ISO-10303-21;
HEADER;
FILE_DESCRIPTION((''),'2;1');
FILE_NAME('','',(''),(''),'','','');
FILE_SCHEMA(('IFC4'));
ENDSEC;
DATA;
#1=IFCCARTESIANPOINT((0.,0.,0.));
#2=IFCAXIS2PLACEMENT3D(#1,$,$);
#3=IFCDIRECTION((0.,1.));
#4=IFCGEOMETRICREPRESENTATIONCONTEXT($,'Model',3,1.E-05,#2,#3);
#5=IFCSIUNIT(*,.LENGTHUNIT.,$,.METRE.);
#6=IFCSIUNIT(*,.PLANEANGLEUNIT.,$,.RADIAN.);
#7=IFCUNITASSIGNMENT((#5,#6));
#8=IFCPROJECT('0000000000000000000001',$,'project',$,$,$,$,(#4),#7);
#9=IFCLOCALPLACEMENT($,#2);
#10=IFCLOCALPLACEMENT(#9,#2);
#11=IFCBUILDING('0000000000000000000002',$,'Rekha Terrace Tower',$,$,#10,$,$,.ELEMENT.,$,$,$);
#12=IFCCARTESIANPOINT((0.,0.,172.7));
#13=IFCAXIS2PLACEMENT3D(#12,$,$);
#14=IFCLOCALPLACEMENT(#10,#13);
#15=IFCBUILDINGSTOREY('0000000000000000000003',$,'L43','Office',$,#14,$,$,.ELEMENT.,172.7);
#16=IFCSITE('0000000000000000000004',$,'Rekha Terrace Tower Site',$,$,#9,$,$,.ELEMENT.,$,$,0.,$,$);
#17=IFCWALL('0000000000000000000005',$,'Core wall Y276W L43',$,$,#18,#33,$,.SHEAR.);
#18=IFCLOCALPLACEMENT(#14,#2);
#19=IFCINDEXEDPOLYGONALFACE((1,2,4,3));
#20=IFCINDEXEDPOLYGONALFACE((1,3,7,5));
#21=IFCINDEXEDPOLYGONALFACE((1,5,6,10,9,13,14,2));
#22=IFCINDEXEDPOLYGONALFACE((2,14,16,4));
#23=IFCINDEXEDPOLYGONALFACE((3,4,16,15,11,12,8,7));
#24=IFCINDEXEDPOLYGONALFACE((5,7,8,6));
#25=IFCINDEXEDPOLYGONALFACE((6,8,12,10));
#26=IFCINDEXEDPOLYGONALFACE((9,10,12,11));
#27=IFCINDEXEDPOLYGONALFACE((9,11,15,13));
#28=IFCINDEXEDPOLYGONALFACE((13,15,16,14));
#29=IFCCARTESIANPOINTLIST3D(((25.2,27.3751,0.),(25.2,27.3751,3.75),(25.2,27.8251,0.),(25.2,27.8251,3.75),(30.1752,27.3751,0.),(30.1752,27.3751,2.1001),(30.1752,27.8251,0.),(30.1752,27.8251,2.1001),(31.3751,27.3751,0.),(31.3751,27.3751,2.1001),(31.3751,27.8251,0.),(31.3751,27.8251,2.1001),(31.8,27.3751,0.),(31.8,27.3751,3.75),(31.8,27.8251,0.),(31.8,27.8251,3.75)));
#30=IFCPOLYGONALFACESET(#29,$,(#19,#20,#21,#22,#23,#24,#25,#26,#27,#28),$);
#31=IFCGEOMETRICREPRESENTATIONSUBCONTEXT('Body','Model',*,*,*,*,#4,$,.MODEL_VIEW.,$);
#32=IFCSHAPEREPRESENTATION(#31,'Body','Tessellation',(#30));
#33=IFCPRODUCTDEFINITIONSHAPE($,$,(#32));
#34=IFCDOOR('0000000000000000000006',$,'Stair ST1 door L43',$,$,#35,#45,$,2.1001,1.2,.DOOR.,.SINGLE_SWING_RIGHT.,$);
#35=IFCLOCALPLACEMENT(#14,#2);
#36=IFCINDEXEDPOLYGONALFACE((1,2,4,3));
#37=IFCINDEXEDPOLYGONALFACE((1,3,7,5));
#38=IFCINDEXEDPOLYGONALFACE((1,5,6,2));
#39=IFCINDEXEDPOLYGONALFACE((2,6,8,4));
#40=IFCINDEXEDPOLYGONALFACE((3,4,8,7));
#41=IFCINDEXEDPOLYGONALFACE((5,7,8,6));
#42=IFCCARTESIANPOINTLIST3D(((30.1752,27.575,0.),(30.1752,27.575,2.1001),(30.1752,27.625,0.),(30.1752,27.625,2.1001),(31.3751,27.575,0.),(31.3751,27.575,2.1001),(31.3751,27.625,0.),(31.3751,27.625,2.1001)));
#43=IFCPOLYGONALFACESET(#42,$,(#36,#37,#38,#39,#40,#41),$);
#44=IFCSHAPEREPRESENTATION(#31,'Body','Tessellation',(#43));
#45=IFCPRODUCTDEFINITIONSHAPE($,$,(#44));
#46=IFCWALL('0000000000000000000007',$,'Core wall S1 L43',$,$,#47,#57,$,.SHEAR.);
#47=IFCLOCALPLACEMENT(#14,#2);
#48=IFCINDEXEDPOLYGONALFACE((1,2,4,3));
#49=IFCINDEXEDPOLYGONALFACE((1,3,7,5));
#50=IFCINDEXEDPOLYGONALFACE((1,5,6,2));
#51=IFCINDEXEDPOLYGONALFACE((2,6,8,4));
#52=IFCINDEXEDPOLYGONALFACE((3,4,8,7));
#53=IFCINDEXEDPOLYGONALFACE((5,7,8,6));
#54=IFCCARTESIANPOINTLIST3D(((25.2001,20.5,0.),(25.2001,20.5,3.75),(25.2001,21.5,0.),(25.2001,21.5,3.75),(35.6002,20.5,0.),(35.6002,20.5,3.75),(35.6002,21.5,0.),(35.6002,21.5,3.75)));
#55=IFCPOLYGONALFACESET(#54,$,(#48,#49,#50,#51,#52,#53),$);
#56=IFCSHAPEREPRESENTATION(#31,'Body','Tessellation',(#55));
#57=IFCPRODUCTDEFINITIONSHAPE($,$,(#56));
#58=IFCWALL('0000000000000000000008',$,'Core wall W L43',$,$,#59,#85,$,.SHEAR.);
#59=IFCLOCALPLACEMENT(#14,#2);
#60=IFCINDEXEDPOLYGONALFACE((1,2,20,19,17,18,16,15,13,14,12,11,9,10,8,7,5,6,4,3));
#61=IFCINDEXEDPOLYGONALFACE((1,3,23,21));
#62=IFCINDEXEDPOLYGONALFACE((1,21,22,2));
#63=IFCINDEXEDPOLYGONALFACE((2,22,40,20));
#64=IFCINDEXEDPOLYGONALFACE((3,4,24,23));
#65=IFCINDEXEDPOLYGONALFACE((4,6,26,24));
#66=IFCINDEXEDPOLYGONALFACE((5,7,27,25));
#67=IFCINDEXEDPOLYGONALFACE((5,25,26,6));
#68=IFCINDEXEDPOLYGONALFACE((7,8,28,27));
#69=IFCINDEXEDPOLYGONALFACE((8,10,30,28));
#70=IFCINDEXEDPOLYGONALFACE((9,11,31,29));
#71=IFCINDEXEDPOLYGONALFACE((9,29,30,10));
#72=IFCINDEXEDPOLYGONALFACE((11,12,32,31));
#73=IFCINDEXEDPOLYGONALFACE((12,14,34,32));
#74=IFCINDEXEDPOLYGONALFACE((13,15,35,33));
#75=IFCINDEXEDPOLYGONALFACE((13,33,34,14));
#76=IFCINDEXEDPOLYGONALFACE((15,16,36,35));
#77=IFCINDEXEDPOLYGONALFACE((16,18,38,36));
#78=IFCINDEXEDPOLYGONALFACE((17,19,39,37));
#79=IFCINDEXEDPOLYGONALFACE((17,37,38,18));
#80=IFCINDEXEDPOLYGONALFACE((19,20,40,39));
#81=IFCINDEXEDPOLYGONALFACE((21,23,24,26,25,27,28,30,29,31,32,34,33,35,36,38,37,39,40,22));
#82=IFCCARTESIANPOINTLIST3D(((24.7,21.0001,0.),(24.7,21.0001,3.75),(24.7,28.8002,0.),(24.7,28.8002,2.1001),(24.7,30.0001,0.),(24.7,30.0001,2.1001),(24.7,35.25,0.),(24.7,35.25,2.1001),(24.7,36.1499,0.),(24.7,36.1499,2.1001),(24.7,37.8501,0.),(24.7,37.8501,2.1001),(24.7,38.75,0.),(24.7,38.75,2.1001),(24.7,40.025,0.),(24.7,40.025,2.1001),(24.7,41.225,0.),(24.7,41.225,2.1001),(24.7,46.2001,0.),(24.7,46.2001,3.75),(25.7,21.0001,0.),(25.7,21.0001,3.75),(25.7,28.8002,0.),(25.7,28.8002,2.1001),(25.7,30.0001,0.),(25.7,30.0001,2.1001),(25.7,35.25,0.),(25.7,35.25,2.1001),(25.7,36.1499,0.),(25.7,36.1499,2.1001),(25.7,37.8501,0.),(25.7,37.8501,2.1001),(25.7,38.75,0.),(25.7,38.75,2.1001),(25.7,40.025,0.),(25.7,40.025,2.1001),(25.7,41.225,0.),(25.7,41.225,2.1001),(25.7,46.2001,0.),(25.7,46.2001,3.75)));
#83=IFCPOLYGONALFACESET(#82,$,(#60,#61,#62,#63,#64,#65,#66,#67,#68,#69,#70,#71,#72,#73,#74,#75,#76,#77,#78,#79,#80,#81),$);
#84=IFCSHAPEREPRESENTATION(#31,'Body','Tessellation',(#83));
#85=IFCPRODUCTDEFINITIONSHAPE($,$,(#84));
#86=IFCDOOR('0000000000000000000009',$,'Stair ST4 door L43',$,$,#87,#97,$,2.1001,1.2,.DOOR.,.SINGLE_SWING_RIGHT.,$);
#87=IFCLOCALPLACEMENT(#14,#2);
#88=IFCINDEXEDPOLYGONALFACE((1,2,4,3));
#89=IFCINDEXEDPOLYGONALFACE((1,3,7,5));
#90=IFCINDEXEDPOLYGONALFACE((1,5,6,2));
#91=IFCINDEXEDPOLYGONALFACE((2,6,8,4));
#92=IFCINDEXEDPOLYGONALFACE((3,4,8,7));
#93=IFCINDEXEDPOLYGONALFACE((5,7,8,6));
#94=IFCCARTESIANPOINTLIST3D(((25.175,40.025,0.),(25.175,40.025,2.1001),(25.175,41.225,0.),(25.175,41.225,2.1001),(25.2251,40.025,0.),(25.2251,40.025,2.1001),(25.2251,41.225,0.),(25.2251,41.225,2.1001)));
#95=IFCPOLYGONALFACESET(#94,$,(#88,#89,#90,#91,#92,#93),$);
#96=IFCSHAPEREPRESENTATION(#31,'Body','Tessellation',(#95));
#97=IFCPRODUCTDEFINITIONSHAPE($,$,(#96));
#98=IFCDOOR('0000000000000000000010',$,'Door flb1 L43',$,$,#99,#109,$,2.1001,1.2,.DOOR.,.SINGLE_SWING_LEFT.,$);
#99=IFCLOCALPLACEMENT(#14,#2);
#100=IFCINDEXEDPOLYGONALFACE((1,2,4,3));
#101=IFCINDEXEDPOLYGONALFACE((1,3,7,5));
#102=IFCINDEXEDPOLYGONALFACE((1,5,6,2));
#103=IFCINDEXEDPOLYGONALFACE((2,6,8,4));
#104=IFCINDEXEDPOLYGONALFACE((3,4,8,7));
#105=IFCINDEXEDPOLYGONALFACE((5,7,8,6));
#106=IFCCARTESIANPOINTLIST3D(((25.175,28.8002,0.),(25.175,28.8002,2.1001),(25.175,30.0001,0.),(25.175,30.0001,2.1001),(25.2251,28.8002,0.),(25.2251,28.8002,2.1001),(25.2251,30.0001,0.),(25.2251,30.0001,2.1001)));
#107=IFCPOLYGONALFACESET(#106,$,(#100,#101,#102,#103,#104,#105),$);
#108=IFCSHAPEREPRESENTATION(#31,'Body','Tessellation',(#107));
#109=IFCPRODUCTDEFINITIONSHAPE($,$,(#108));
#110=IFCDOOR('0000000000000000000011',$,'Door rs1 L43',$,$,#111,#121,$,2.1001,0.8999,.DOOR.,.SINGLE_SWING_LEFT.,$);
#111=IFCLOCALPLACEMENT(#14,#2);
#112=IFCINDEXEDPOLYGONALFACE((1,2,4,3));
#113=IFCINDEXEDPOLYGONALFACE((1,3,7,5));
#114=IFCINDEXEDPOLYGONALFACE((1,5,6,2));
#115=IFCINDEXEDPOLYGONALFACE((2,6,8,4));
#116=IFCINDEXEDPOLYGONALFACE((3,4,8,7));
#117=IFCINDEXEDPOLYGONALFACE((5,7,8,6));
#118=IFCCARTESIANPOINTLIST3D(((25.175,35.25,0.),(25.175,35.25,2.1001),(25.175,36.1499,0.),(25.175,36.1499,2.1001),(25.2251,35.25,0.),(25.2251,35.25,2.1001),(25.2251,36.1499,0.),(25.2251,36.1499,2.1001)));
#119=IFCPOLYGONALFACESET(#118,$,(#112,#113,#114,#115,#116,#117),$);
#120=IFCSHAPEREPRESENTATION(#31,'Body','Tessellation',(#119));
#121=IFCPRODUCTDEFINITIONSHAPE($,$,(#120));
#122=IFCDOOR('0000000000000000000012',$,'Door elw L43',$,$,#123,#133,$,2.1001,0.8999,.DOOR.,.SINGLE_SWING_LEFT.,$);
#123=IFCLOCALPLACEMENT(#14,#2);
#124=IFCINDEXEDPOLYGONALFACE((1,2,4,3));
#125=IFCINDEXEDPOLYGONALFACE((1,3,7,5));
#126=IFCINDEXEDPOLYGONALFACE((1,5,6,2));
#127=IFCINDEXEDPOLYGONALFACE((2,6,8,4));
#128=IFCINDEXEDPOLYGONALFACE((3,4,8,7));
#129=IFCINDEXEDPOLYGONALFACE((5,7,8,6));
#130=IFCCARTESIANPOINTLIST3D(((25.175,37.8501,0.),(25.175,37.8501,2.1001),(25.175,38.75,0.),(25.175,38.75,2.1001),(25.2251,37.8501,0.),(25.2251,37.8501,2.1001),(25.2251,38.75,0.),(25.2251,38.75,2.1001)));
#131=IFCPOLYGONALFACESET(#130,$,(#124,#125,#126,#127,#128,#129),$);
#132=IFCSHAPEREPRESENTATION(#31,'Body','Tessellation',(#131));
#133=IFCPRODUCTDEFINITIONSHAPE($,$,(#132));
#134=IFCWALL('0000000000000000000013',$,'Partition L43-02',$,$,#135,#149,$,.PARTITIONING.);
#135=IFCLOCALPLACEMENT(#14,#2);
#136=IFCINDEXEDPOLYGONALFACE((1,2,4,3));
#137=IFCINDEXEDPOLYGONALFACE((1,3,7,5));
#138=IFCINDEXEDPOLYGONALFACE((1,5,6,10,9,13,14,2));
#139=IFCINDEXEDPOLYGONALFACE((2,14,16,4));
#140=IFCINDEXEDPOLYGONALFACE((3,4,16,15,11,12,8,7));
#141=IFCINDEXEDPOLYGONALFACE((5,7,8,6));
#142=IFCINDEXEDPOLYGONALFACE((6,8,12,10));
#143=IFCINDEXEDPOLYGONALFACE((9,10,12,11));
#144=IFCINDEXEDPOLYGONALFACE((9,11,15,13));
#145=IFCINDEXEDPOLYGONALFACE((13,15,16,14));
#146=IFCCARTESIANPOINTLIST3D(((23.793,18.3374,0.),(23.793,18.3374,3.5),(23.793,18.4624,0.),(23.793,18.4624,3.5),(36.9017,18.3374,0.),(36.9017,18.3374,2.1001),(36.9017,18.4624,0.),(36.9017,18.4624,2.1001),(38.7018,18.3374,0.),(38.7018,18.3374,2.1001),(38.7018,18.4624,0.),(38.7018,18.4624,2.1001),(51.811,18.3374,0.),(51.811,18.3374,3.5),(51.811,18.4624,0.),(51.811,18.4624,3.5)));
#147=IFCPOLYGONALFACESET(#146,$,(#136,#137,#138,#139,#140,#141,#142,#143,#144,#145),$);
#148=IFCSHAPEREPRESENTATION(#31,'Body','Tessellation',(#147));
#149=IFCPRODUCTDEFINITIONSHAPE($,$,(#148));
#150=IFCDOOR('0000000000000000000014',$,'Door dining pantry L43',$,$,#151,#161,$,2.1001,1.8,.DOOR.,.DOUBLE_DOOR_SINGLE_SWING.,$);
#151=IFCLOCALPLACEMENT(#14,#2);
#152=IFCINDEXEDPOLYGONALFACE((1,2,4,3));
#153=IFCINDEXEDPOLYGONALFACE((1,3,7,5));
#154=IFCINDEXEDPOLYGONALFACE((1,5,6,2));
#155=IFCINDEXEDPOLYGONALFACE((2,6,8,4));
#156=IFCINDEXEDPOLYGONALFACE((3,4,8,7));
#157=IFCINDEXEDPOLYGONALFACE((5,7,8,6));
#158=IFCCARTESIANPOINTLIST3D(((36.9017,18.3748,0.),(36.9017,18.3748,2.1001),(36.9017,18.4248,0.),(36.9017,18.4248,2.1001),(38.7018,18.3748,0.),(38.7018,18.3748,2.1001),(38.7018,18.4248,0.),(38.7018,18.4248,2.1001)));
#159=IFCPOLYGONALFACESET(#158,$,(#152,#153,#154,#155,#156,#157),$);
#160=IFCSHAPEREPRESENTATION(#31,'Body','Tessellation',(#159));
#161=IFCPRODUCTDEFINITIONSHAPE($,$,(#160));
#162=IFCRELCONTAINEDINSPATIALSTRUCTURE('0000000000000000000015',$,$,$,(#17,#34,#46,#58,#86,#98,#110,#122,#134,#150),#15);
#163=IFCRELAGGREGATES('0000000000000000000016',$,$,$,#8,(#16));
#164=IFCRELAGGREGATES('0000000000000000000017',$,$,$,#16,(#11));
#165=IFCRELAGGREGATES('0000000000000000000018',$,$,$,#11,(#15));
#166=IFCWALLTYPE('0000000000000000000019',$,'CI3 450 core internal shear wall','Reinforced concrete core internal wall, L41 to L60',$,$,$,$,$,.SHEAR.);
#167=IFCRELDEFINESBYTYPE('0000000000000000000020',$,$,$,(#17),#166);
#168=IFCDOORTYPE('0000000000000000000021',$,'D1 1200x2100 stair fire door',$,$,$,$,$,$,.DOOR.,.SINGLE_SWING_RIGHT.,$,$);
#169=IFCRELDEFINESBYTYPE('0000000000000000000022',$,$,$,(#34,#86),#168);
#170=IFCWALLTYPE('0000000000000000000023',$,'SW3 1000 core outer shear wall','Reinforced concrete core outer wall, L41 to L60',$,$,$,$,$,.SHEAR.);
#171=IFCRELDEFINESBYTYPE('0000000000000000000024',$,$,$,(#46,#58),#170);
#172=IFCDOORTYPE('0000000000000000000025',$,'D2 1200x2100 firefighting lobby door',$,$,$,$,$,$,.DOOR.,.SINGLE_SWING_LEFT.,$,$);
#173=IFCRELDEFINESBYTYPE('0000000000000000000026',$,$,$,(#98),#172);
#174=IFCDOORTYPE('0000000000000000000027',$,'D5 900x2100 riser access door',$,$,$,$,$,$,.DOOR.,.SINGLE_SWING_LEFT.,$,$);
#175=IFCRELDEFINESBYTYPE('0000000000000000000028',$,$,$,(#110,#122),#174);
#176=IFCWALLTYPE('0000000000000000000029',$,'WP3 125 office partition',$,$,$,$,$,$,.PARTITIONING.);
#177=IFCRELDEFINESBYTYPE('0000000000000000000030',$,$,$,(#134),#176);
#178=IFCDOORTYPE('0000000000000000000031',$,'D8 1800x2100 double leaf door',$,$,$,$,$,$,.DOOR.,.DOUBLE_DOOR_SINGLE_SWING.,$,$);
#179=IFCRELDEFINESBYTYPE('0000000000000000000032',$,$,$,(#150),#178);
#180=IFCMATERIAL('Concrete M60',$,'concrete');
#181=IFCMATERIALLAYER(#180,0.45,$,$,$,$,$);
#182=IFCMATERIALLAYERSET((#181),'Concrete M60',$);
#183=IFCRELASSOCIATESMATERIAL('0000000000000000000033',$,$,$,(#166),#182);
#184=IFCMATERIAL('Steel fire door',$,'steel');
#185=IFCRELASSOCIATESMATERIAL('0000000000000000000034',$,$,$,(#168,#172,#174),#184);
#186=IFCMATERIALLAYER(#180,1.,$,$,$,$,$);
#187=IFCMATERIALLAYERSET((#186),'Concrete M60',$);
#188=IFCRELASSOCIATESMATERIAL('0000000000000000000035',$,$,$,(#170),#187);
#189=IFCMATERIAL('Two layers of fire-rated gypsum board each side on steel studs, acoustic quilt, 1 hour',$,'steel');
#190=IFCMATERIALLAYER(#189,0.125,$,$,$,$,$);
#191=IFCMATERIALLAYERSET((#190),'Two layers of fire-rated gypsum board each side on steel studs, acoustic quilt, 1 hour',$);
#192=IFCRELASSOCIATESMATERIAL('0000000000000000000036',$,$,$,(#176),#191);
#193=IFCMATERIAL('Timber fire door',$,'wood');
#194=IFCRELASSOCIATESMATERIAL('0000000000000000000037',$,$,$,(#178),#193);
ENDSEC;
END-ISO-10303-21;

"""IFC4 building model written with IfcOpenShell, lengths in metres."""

from ifc_helpers import new_model, si_unit, direction, frame, frame_2d, origin, place, context, subcontext, project, spatial, rectangle, extrude, material, layer, layer_set, type_object, element, fill, save


model = new_model("IFC4")

# Units and contexts
model_context = context("Model", 3, precision=1e-05, world=origin(), true_north=direction((0.0, 1.0)))
body_context = subcontext(model_context, "Body", "Model", "MODEL_VIEW")
ifc_project = project(units=[si_unit("LENGTHUNIT", "METRE"), si_unit("PLANEANGLEUNIT", "RADIAN")], contexts=[model_context])

# Site, building, storey
site_placement = place(None, origin())
site = spatial("IfcSite", under=ifc_project, at=site_placement, Name="Rekha Terrace Tower Site", CompositionType="ELEMENT", RefElevation=0.0)
building_placement = place(site_placement, origin())
building = spatial("IfcBuilding", under=site, at=building_placement, Name="Rekha Terrace Tower", CompositionType="ELEMENT")
storey_placement = place(building_placement, frame((0.0, 0.0, 172.7)))
storey = spatial("IfcBuildingStorey", under=building, at=storey_placement, Name="L43", Description="Office", CompositionType="ELEMENT", Elevation=172.7)

# Shared definitions
ifc_material_1 = material(Name="Concrete M60", Category="concrete")

# Wall, opening, door
ifc_layer_1 = layer(ifc_material_1, 0.45)
ifc_layer_set_1 = layer_set([ifc_layer_1], Name="Concrete M60")
wall_type_1 = type_object("IfcWallType", Name="CI3 450 core internal shear wall", Description="Reinforced concrete core internal wall, L41 to L60", PredefinedType="SHEAR", material=ifc_layer_set_1)
wall_1_placement = place(storey_placement, frame((25.2, 27.6001, 0.0), z_axis=(0.0, 0.0, 1.0), x_axis=(1.0, 0.0, 0.0)))
wall_1 = element("IfcWall", 1, at=wall_1_placement, inside=storey, type_object=wall_type_1, Name="Core wall Y276W L43", PredefinedType="SHEAR", context=body_context, shape_type="SweptSolid", body=[
    extrude(rectangle(XDim=6.6001, YDim=0.45, at=frame_2d((3.3, 0.0))), origin(), (0.0, 0.0, 1.0), 3.75),
])
opening_1_placement = place(wall_1_placement, frame((4.9751, 0.0, 0.0)))
opening_1 = element("IfcOpeningElement", 2, at=opening_1_placement, cuts=wall_1, PredefinedType="OPENING", context=body_context, shape_type="SweptSolid", body=[
    extrude(rectangle(XDim=1.2, YDim=2.1001, at=frame_2d((0.6001, 1.05))), frame((0.0, 0.2349, 0.0), z_axis=(0.0, -1.0, 0.0), x_axis=(1.0, 0.0, 0.0)), (0.0, 0.0, 1.0), 0.47),
])
ifc_material_2 = material(Name="Steel fire door", Category="steel")
door_type_1 = type_object("IfcDoorType", Name="D1 1200x2100 stair fire door", OperationType="SINGLE_SWING_RIGHT", PredefinedType="DOOR", material=ifc_material_2)
door_1_placement = place(opening_1_placement, origin())
door_1 = element("IfcDoor", 3, at=door_1_placement, inside=storey, type_object=door_type_1, Name="Stair ST1 door L43", OperationType="SINGLE_SWING_RIGHT", OverallHeight=2.1001, OverallWidth=1.2, PredefinedType="DOOR", context=body_context, shape_type="SweptSolid", body=[
    extrude(rectangle(XDim=1.2, YDim=2.1001, at=frame_2d((0.6001, 1.05))), frame((0.0, 0.0249, 0.0), z_axis=(0.0, -1.0, 0.0), x_axis=(1.0, 0.0, 0.0)), (0.0, 0.0, 1.0), 0.05),
])
fill(opening_1, door_1)

# Wall
ifc_layer_2 = layer(ifc_material_1, 1.0)
ifc_layer_set_2 = layer_set([ifc_layer_2], Name="Concrete M60")
wall_type_2 = type_object("IfcWallType", Name="SW3 1000 core outer shear wall", Description="Reinforced concrete core outer wall, L41 to L60", PredefinedType="SHEAR", material=ifc_layer_set_2)
wall_2_placement = place(storey_placement, frame((25.2, 21.0, 0.0), z_axis=(0.0, 0.0, 1.0), x_axis=(1.0, 0.0, 0.0)))
element("IfcWall", 4, at=wall_2_placement, inside=storey, type_object=wall_type_2, Name="Core wall S1 L43", PredefinedType="SHEAR", context=body_context, shape_type="SweptSolid", body=[
    extrude(rectangle(XDim=10.4001, YDim=1.0, at=frame_2d((5.2002, 0.0))), origin(), (0.0, 0.0, 1.0), 3.75),
])

# Wall, openings, doors
wall_3_placement = place(storey_placement, frame((25.2, 21.0, 0.0), z_axis=(0.0, 0.0, 1.0), x_axis=(0.0, 1.0, 0.0)))
wall_3 = element("IfcWall", 5, at=wall_3_placement, inside=storey, type_object=wall_type_2, Name="Core wall W L43", PredefinedType="SHEAR", context=body_context, shape_type="SweptSolid", body=[
    extrude(rectangle(XDim=25.2, YDim=1.0, at=frame_2d((12.6001, 0.0))), origin(), (0.0, 0.0, 1.0), 3.75),
])
opening_2_placement = place(wall_3_placement, frame((7.8, 0.0, 0.0)))
opening_2 = element("IfcOpeningElement", 6, at=opening_2_placement, cuts=wall_3, PredefinedType="OPENING", context=body_context, shape_type="SweptSolid", body=[
    extrude(rectangle(XDim=1.2, YDim=2.1001, at=frame_2d((0.6001, 1.05))), frame((0.0, 0.51, 0.0), z_axis=(0.0, -1.0, 0.0), x_axis=(1.0, 0.0, 0.0)), (0.0, 0.0, 1.0), 1.02),
])
opening_3_placement = place(wall_3_placement, frame((14.25, 0.0, 0.0)))
opening_3 = element("IfcOpeningElement", 7, at=opening_3_placement, cuts=wall_3, PredefinedType="OPENING", context=body_context, shape_type="SweptSolid", body=[
    extrude(rectangle(XDim=0.8999, YDim=2.1001, at=frame_2d((0.45, 1.05))), frame((0.0, 0.51, 0.0), z_axis=(0.0, -1.0, 0.0), x_axis=(1.0, 0.0, 0.0)), (0.0, 0.0, 1.0), 1.02),
])
opening_4_placement = place(wall_3_placement, frame((16.8501, 0.0, 0.0)))
opening_4 = element("IfcOpeningElement", 8, at=opening_4_placement, cuts=wall_3, PredefinedType="OPENING", context=body_context, shape_type="SweptSolid", body=[
    extrude(rectangle(XDim=0.8999, YDim=2.1001, at=frame_2d((0.45, 1.05))), frame((0.0, 0.51, 0.0), z_axis=(0.0, -1.0, 0.0), x_axis=(1.0, 0.0, 0.0)), (0.0, 0.0, 1.0), 1.02),
])
opening_5_placement = place(wall_3_placement, frame((19.0249, 0.0, 0.0)))
opening_5 = element("IfcOpeningElement", 9, at=opening_5_placement, cuts=wall_3, PredefinedType="OPENING", context=body_context, shape_type="SweptSolid", body=[
    extrude(rectangle(XDim=1.2, YDim=2.1001, at=frame_2d((0.6001, 1.05))), frame((0.0, 0.51, 0.0), z_axis=(0.0, -1.0, 0.0), x_axis=(1.0, 0.0, 0.0)), (0.0, 0.0, 1.0), 1.02),
])
door_2_placement = place(opening_5_placement, origin())
door_2 = element("IfcDoor", 10, at=door_2_placement, inside=storey, type_object=door_type_1, Name="Stair ST4 door L43", OperationType="SINGLE_SWING_RIGHT", OverallHeight=2.1001, OverallWidth=1.2, PredefinedType="DOOR", context=body_context, shape_type="SweptSolid", body=[
    extrude(rectangle(XDim=1.2, YDim=2.1001, at=frame_2d((0.6001, 1.05))), frame((0.0, 0.0249, 0.0), z_axis=(0.0, -1.0, 0.0), x_axis=(1.0, 0.0, 0.0)), (0.0, 0.0, 1.0), 0.05),
])
fill(opening_5, door_2)
door_type_2 = type_object("IfcDoorType", Name="D2 1200x2100 firefighting lobby door", OperationType="SINGLE_SWING_LEFT", PredefinedType="DOOR", material=ifc_material_2)
door_3_placement = place(opening_2_placement, origin())
door_3 = element("IfcDoor", 11, at=door_3_placement, inside=storey, type_object=door_type_2, Name="Door flb1 L43", OperationType="SINGLE_SWING_LEFT", OverallHeight=2.1001, OverallWidth=1.2, PredefinedType="DOOR", context=body_context, shape_type="SweptSolid", body=[
    extrude(rectangle(XDim=1.2, YDim=2.1001, at=frame_2d((0.6001, 1.05))), frame((0.0, 0.0249, 0.0), z_axis=(0.0, -1.0, 0.0), x_axis=(1.0, 0.0, 0.0)), (0.0, 0.0, 1.0), 0.05),
])
fill(opening_2, door_3)
door_type_3 = type_object("IfcDoorType", Name="D5 900x2100 riser access door", OperationType="SINGLE_SWING_LEFT", PredefinedType="DOOR", material=ifc_material_2)
door_4_placement = place(opening_3_placement, origin())
door_4 = element("IfcDoor", 12, at=door_4_placement, inside=storey, type_object=door_type_3, Name="Door rs1 L43", OperationType="SINGLE_SWING_LEFT", OverallHeight=2.1001, OverallWidth=0.8999, PredefinedType="DOOR", context=body_context, shape_type="SweptSolid", body=[
    extrude(rectangle(XDim=0.8999, YDim=2.1001, at=frame_2d((0.45, 1.05))), frame((0.0, 0.0249, 0.0), z_axis=(0.0, -1.0, 0.0), x_axis=(1.0, 0.0, 0.0)), (0.0, 0.0, 1.0), 0.05),
])
fill(opening_3, door_4)
door_5_placement = place(opening_4_placement, origin())
door_5 = element("IfcDoor", 13, at=door_5_placement, inside=storey, type_object=door_type_3, Name="Door elw L43", OperationType="SINGLE_SWING_LEFT", OverallHeight=2.1001, OverallWidth=0.8999, PredefinedType="DOOR", context=body_context, shape_type="SweptSolid", body=[
    extrude(rectangle(XDim=0.8999, YDim=2.1001, at=frame_2d((0.45, 1.05))), frame((0.0, 0.0249, 0.0), z_axis=(0.0, -1.0, 0.0), x_axis=(1.0, 0.0, 0.0)), (0.0, 0.0, 1.0), 0.05),
])
fill(opening_4, door_5)

# Wall, opening, door
ifc_material_3 = material(Name="Two layers of fire-rated gypsum board each side on steel studs, acoustic quilt, 1 hour", Category="steel")
ifc_layer_3 = layer(ifc_material_3, 0.125)
ifc_layer_set_3 = layer_set([ifc_layer_3], Name="Two layers of fire-rated gypsum board each side on steel studs, acoustic quilt, 1 hour")
wall_type_3 = type_object("IfcWallType", Name="WP3 125 office partition", PredefinedType="PARTITIONING", material=ifc_layer_set_3)
wall_4_placement = place(storey_placement, frame((23.793, 18.3999, 0.0), z_axis=(0.0, 0.0, 1.0), x_axis=(1.0, 0.0, 0.0)))
wall_4 = element("IfcWall", 14, at=wall_4_placement, inside=storey, type_object=wall_type_3, Name="Partition L43-02", PredefinedType="PARTITIONING", context=body_context, shape_type="SweptSolid", body=[
    extrude(rectangle(XDim=28.0181, YDim=0.125, at=frame_2d((14.009, 0.0))), origin(), (0.0, 0.0, 1.0), 3.5),
])
opening_6_placement = place(wall_4_placement, frame((13.1089, 0.0, 0.0)))
opening_6 = element("IfcOpeningElement", 15, at=opening_6_placement, cuts=wall_4, PredefinedType="OPENING", context=body_context, shape_type="SweptSolid", body=[
    extrude(rectangle(XDim=1.8, YDim=2.1001, at=frame_2d((0.8999, 1.05))), frame((0.0, 0.0725, 0.0), z_axis=(0.0, -1.0, 0.0), x_axis=(1.0, 0.0, 0.0)), (0.0, 0.0, 1.0), 0.145),
])
ifc_material_4 = material(Name="Timber fire door", Category="wood")
door_type_4 = type_object("IfcDoorType", Name="D8 1800x2100 double leaf door", OperationType="DOUBLE_DOOR_SINGLE_SWING", PredefinedType="DOOR", material=ifc_material_4)
door_6_placement = place(opening_6_placement, origin())
door_6 = element("IfcDoor", 16, at=door_6_placement, inside=storey, type_object=door_type_4, Name="Door dining pantry L43", OperationType="DOUBLE_DOOR_SINGLE_SWING", OverallHeight=2.1001, OverallWidth=1.8, PredefinedType="DOOR", context=body_context, shape_type="SweptSolid", body=[
    extrude(rectangle(XDim=1.8, YDim=2.1001, at=frame_2d((0.8999, 1.05))), frame((0.0, 0.0249, 0.0), z_axis=(0.0, -1.0, 0.0), x_axis=(1.0, 0.0, 0.0)), (0.0, 0.0, 1.0), 0.05),
])
fill(opening_6, door_6)

save(model, "model.ifc")
